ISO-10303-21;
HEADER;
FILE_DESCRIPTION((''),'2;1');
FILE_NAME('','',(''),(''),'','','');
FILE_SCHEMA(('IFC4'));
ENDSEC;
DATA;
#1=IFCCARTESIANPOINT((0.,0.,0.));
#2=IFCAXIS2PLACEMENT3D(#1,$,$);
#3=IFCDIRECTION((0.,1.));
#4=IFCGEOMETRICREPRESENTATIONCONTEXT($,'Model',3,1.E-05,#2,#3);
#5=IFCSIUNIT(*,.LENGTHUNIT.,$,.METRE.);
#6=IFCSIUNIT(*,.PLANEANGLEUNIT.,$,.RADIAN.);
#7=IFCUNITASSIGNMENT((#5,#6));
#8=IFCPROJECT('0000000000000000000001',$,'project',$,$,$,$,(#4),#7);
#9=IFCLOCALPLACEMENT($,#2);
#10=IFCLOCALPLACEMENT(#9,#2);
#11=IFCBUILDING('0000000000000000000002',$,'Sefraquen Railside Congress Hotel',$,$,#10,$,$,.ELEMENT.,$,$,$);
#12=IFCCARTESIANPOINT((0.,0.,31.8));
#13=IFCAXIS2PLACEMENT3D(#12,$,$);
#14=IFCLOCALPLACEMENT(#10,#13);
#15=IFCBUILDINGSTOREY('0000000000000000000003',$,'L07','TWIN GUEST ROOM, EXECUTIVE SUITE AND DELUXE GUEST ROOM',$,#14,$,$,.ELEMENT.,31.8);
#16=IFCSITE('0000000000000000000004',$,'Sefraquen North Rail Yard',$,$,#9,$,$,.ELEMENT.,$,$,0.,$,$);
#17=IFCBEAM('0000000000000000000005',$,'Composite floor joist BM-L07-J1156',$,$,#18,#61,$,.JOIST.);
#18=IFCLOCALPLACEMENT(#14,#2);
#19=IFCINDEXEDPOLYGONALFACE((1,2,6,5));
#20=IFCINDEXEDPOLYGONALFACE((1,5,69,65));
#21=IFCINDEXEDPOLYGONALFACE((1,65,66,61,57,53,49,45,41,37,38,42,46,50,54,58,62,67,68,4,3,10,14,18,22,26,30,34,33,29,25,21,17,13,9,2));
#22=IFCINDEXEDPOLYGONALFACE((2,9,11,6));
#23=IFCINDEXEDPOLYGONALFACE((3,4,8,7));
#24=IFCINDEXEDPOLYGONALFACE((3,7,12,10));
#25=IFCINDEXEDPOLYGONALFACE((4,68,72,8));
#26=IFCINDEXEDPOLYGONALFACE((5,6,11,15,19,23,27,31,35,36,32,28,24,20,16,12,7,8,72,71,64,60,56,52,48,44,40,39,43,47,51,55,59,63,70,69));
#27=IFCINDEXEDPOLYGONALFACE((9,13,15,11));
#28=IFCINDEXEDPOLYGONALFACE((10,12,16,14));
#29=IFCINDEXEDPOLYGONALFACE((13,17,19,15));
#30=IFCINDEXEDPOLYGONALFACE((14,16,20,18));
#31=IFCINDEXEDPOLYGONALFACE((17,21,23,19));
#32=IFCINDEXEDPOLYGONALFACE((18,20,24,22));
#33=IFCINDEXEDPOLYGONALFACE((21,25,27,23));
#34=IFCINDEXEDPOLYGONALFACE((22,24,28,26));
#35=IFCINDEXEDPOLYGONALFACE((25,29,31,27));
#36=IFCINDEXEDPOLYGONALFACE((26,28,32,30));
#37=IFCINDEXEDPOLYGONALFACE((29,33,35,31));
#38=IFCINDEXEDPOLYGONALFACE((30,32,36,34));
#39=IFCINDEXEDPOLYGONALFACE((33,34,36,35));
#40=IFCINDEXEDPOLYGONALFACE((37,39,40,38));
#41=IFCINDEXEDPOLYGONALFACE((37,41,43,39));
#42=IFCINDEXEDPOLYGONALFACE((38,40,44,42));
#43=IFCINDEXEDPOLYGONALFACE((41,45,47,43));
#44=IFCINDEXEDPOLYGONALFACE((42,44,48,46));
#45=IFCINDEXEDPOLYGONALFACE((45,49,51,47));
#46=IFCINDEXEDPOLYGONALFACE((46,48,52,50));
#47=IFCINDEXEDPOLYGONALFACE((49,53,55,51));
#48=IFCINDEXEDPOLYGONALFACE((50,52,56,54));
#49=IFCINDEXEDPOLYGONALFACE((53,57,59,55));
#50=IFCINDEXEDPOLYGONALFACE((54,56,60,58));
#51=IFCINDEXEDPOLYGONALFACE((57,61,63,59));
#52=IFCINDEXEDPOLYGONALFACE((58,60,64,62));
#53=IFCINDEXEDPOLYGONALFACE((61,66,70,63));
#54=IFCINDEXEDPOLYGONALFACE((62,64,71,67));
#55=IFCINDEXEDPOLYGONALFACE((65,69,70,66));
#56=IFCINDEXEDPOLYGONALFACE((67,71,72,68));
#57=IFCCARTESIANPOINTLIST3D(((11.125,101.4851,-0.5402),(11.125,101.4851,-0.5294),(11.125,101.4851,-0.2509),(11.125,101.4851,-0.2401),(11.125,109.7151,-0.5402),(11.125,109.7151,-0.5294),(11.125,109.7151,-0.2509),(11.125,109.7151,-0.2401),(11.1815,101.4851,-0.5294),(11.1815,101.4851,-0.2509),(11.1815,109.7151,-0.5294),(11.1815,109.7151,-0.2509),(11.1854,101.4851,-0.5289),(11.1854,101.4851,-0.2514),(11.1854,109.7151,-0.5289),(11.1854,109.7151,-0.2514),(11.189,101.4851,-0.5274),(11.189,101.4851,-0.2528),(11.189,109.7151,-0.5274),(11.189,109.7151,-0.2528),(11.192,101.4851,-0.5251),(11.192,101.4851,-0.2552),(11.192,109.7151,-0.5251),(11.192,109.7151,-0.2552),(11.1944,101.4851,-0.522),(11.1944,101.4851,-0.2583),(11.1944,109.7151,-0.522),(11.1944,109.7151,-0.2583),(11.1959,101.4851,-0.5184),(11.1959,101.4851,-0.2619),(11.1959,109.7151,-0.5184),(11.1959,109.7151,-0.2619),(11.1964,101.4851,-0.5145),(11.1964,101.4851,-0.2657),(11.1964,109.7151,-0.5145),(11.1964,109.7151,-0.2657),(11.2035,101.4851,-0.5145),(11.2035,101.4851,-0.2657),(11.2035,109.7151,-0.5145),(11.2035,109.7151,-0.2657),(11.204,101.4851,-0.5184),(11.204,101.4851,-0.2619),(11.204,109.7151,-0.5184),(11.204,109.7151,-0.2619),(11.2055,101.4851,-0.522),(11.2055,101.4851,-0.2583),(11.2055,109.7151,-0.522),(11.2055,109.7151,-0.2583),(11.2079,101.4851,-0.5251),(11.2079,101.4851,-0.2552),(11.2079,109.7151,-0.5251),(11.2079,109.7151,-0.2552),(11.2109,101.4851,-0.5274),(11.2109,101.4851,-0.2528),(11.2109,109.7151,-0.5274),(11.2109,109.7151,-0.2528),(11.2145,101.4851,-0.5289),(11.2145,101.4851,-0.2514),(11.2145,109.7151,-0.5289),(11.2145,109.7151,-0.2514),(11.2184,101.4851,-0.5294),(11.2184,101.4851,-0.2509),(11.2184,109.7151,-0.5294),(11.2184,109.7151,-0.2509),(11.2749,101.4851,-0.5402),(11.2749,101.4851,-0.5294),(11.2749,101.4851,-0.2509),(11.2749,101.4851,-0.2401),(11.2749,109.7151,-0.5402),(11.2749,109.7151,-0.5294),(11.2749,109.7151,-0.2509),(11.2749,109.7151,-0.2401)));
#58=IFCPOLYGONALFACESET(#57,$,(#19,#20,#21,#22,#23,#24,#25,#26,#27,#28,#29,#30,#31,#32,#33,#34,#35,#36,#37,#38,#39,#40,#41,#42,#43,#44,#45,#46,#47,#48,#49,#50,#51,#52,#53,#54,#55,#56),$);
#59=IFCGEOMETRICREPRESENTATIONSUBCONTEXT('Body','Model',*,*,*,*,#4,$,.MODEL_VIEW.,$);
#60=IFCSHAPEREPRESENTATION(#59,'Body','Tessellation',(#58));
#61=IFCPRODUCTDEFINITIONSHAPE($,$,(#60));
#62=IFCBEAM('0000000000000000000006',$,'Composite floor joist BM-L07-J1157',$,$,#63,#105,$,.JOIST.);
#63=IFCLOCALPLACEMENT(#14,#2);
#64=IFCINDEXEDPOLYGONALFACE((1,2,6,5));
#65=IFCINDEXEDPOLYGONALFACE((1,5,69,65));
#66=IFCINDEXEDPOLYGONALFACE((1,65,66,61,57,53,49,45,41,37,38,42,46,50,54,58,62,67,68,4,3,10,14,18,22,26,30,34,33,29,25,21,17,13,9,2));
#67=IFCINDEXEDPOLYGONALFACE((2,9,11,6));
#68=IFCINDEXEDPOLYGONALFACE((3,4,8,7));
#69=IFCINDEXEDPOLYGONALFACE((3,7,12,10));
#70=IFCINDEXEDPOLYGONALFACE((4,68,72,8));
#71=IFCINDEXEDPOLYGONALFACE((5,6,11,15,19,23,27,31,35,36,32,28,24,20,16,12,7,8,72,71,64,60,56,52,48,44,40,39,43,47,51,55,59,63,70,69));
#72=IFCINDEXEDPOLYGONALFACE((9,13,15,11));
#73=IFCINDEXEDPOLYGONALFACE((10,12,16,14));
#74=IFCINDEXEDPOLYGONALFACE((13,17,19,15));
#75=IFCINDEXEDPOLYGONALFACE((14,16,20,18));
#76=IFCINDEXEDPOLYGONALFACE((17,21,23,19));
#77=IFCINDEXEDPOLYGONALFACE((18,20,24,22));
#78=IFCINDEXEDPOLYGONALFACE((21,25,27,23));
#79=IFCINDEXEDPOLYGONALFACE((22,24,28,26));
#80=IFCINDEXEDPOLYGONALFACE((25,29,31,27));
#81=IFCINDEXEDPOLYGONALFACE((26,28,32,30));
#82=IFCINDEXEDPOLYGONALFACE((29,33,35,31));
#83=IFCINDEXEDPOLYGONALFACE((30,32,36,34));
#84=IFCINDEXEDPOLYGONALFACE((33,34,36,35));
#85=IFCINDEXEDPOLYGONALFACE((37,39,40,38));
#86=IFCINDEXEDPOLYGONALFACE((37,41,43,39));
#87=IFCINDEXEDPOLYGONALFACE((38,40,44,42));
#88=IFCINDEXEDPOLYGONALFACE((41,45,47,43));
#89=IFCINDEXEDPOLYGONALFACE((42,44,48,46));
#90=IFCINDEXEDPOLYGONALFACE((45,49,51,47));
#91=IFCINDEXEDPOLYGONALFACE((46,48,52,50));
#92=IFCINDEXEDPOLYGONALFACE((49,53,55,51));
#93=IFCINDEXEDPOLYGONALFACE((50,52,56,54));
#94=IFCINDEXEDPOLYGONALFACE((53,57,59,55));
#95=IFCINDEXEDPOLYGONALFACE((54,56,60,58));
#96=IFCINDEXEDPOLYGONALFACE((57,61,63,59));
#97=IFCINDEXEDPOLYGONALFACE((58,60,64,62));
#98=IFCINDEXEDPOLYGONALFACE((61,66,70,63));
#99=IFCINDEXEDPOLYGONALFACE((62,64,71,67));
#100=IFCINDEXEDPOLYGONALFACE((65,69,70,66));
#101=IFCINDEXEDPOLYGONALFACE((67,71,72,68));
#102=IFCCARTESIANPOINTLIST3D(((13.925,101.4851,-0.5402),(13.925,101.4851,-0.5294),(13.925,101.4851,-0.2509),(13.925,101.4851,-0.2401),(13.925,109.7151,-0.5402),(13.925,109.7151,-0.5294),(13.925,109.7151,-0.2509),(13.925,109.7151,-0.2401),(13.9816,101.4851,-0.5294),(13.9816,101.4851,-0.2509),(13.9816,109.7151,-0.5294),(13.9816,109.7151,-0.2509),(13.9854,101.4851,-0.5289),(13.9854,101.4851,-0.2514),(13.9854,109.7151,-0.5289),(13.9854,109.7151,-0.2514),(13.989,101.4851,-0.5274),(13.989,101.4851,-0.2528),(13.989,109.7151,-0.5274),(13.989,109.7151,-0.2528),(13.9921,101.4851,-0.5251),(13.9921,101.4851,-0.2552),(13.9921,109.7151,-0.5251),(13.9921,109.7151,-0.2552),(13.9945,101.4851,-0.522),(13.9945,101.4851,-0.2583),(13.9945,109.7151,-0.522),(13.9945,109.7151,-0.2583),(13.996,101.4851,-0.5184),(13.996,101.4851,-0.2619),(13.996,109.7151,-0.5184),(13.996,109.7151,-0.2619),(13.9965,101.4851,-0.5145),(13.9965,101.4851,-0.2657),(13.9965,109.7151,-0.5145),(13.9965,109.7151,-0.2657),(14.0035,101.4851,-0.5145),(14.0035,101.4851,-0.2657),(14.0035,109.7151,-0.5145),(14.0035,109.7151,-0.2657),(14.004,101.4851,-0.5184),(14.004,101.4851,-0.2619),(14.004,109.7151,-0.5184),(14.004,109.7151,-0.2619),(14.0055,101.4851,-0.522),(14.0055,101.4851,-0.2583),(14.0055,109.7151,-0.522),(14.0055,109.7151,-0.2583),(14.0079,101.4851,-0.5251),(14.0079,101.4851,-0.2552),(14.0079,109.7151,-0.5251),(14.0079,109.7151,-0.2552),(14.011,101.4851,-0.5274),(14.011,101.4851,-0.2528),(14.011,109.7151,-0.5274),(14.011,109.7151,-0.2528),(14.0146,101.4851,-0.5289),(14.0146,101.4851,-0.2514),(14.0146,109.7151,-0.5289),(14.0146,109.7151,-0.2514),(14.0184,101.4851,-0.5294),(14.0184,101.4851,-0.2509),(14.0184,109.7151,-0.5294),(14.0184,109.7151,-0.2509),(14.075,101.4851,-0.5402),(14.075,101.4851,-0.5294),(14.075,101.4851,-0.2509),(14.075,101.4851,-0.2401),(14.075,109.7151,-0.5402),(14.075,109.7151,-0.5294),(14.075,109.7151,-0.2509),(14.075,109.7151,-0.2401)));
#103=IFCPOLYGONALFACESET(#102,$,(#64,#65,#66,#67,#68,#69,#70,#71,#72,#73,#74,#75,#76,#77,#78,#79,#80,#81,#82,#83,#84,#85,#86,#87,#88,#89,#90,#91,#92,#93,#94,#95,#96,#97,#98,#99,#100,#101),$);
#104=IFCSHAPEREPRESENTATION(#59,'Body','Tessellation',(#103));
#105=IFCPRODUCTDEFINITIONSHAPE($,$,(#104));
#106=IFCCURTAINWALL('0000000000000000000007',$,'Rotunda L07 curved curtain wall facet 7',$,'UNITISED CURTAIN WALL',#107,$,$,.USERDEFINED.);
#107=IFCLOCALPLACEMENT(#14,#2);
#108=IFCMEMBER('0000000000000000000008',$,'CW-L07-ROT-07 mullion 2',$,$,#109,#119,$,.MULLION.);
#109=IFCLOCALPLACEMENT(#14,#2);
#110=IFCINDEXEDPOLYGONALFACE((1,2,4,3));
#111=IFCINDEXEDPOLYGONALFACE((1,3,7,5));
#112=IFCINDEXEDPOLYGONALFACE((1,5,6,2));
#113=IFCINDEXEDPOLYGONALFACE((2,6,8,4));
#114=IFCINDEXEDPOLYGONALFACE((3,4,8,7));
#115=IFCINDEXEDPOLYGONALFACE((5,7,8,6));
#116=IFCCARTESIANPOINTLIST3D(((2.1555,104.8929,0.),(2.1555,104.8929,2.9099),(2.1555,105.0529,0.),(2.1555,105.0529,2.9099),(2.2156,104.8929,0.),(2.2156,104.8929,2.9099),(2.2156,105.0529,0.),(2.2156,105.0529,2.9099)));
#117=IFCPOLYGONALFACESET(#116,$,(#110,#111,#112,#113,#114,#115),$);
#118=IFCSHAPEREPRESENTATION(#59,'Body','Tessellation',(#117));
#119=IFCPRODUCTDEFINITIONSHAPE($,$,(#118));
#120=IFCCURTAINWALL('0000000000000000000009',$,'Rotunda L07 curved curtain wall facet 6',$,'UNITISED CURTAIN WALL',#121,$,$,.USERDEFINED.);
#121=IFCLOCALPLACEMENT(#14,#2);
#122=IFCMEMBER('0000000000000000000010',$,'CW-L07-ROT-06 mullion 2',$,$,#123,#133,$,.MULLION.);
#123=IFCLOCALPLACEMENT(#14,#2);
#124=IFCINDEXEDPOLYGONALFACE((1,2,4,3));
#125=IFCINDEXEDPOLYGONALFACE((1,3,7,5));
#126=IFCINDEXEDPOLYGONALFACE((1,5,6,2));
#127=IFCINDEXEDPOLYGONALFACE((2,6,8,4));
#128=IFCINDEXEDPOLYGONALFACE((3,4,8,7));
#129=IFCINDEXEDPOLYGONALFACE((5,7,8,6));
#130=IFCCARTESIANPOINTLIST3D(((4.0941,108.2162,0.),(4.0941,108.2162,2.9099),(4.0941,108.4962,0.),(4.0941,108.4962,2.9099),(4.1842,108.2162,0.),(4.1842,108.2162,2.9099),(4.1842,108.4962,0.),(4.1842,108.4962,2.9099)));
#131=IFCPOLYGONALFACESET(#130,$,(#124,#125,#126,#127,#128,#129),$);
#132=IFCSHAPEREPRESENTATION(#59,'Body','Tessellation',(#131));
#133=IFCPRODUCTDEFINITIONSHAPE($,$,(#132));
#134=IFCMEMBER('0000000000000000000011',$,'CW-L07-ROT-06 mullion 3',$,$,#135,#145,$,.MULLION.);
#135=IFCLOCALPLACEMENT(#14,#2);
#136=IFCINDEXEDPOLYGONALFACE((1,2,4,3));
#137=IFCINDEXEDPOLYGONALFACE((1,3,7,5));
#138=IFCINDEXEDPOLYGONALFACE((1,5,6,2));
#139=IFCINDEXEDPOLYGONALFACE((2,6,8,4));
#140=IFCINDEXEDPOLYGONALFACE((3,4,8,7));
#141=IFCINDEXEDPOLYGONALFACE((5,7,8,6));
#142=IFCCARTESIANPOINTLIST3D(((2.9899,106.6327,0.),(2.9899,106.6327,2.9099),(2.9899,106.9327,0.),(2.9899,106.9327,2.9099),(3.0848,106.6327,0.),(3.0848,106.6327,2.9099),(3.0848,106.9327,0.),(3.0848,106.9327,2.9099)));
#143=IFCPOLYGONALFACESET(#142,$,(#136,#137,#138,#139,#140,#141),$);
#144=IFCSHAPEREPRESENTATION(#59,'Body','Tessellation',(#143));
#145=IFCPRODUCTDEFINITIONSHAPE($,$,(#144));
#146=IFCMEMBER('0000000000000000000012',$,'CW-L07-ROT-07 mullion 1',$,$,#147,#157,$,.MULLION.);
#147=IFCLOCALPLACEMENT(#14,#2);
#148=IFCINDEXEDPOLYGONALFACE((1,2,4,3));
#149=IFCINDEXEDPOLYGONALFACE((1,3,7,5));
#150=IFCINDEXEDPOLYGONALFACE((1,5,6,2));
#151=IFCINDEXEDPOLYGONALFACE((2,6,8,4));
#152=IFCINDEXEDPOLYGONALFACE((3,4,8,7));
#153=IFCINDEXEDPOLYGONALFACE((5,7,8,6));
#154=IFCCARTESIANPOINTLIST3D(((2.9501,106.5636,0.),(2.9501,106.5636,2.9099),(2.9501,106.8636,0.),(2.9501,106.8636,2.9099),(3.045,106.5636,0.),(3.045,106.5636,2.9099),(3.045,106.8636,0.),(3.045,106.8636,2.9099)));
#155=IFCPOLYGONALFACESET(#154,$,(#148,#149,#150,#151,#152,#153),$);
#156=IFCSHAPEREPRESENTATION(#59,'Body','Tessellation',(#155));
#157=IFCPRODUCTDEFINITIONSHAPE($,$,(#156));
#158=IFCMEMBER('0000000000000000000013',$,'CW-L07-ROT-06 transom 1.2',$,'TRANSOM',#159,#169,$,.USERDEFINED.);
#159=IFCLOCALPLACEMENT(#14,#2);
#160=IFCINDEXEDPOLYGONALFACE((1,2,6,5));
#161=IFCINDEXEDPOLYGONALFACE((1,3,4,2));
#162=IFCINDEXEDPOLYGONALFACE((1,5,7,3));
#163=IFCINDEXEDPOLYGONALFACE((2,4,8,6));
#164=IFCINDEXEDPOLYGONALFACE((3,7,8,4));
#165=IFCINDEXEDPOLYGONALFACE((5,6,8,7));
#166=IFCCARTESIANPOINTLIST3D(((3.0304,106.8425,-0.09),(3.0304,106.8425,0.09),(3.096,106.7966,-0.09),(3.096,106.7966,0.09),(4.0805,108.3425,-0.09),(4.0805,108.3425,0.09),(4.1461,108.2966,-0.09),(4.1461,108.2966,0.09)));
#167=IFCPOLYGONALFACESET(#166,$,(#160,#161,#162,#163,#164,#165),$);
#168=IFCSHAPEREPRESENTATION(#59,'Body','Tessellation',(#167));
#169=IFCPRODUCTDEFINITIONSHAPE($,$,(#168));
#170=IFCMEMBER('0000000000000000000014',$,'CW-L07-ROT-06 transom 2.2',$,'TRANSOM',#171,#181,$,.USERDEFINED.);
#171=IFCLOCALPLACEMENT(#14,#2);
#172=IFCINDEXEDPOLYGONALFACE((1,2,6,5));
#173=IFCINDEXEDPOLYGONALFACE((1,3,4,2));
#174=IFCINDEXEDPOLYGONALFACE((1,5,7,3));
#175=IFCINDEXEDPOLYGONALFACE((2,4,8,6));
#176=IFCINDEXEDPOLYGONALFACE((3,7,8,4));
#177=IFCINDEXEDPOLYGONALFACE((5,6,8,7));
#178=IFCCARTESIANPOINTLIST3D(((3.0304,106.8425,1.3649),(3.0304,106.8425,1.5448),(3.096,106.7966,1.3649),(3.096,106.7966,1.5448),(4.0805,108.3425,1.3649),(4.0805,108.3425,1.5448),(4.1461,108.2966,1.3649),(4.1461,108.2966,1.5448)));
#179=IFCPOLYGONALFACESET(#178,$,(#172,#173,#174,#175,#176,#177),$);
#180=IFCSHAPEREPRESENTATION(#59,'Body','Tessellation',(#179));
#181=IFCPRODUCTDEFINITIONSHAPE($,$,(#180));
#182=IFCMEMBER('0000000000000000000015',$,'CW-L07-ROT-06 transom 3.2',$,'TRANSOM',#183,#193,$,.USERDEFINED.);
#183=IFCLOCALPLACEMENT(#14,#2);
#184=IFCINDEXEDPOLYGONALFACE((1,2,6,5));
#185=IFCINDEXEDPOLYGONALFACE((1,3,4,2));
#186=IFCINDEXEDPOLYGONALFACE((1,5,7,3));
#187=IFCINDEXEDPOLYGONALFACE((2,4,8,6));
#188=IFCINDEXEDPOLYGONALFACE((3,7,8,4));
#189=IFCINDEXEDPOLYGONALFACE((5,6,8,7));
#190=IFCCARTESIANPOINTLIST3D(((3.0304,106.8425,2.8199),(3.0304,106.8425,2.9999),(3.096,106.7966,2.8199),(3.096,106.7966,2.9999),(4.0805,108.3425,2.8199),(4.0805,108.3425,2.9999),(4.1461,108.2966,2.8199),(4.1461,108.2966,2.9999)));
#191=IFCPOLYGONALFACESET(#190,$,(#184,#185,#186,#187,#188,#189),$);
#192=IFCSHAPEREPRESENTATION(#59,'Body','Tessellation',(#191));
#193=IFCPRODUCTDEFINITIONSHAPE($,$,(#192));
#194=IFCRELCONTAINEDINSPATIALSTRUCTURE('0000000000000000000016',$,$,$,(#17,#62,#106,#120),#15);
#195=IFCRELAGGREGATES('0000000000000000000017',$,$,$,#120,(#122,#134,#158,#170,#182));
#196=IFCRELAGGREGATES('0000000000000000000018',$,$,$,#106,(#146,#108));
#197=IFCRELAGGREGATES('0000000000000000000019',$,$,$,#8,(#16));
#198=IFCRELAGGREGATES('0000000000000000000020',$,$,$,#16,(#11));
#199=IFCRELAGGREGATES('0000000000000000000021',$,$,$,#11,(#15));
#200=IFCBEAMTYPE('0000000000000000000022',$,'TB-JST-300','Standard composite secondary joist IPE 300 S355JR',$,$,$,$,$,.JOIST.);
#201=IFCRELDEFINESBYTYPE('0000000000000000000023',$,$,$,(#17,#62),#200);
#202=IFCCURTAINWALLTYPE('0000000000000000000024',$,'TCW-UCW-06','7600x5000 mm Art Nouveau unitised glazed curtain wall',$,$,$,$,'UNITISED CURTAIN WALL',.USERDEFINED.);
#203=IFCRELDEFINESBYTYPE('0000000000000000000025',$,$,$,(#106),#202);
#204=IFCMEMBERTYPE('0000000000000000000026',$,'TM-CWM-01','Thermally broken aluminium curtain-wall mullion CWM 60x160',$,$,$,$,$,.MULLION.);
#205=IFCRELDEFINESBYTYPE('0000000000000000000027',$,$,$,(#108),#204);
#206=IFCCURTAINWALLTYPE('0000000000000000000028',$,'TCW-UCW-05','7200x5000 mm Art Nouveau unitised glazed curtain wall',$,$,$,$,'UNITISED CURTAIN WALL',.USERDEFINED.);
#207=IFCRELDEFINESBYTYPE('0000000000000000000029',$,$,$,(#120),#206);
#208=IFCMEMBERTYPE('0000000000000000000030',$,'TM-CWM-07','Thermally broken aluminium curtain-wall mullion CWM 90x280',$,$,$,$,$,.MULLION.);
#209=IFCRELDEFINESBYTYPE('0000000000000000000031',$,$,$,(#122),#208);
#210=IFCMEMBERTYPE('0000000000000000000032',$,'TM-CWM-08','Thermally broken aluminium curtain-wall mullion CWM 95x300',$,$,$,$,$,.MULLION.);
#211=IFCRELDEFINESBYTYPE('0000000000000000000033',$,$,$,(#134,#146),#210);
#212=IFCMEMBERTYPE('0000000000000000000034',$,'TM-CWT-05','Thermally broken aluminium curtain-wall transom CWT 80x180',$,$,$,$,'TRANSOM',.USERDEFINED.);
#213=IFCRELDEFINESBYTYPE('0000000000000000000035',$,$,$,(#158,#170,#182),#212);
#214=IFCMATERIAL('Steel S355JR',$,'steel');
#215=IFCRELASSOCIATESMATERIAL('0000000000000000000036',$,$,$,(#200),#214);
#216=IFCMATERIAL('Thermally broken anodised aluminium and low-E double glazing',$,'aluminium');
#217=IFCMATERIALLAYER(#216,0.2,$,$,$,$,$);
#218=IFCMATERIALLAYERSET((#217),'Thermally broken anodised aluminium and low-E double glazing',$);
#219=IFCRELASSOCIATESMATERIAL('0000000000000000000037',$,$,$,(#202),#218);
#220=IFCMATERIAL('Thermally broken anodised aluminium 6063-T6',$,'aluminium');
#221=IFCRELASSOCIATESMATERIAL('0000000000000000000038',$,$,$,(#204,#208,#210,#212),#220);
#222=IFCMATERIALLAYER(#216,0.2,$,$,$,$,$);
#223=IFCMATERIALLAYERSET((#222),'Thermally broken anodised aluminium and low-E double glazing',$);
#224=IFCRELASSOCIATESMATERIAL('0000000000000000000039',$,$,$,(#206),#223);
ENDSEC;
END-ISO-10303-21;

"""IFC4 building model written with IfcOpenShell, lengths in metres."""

from ifc_helpers import new_model, si_unit, direction, frame, origin, origin_2d, place, context, subcontext, project, spatial, rectangle, i_section, extrude, material, layer, layer_set, material_profile, profile_set, type_object, element, aggregate, save


model = new_model("IFC4")

# Units and contexts
model_context = context("Model", 3, precision=1e-05, world=origin(), true_north=direction((0.0, 1.0)))
body_context = subcontext(model_context, "Body", "Model", "MODEL_VIEW")
ifc_project = project(units=[si_unit("LENGTHUNIT", "METRE"), si_unit("PLANEANGLEUNIT", "RADIAN")], contexts=[model_context])

# Site, building, storey
site_placement = place(None, origin())
site = spatial("IfcSite", under=ifc_project, at=site_placement, Name="Sefraquen North Rail Yard", CompositionType="ELEMENT", RefElevation=0.0)
building_placement = place(site_placement, origin())
building = spatial("IfcBuilding", under=site, at=building_placement, Name="Sefraquen Railside Congress Hotel", CompositionType="ELEMENT")
storey_placement = place(building_placement, frame((0.0, 0.0, 31.8)))
storey = spatial("IfcBuildingStorey", under=building, at=storey_placement, Name="L07", Description="TWIN GUEST ROOM, EXECUTIVE SUITE AND DELUXE GUEST ROOM", CompositionType="ELEMENT", Elevation=31.8)

# Shared definitions
ifc_material_1 = material(Name="Steel S355JR", Category="steel")

# Beams
ifc_material_profile_1 = material_profile(ifc_material_1, i_section(OverallWidth=0.1499, OverallDepth=0.3, WebThickness=0.0071, FlangeThickness=0.0107, FilletRadius=0.0149, at=origin_2d()), Name="IPE 300")
ifc_profile_set_1 = profile_set([ifc_material_profile_1], Name="Steel S355JR")
beam_type_1 = type_object("IfcBeamType", Name="TB-JST-300", Description="Standard composite secondary joist IPE 300 S355JR", PredefinedType="JOIST", material=ifc_profile_set_1)
for number, where, z_axis, x_axis, name in (
    (1, (11.2, 101.4851, -0.3901), (0.0, 1.0, 0.0), (-1.0, 0.0, 0.0), "Composite floor joist BM-L07-J1156"),
    (2, (14.0, 101.4851, -0.3901), (0.0, 1.0, 0.0), (-1.0, 0.0, 0.0), "Composite floor joist BM-L07-J1157"),
):
    element("IfcBeam", number, at=place(storey_placement, frame(where, z_axis=z_axis, x_axis=x_axis)), inside=storey, type_object=beam_type_1, Name=name, PredefinedType="JOIST", context=body_context, shape_type="SweptSolid", body=[
        extrude(i_section(OverallWidth=0.1499, OverallDepth=0.3, WebThickness=0.0071, FlangeThickness=0.0107, FilletRadius=0.0149, at=origin_2d()), origin(), (0.0, 0.0, 1.0), 8.23),
    ])

# Curtain wall, member
ifc_material_2 = material(Name="Thermally broken anodised aluminium and low-E double glazing", Category="aluminium")
ifc_layer_1 = layer(ifc_material_2, 0.2)
ifc_layer_set_1 = layer_set([ifc_layer_1], Name="Thermally broken anodised aluminium and low-E double glazing")
curtain_wall_type_1 = type_object("IfcCurtainWallType", Name="TCW-UCW-06", Description="7600x5000 mm Art Nouveau unitised glazed curtain wall", ElementType="UNITISED CURTAIN WALL", PredefinedType="USERDEFINED", material=ifc_layer_set_1)
curtain_wall_1_placement = place(storey_placement, origin())
curtain_wall_1 = element("IfcCurtainWall", 3, at=curtain_wall_1_placement, inside=storey, type_object=curtain_wall_type_1, Name="Rotunda L07 curved curtain wall facet 7", ObjectType="UNITISED CURTAIN WALL", PredefinedType="USERDEFINED")
ifc_material_3 = material(Name="Thermally broken anodised aluminium 6063-T6", Category="aluminium")
ifc_material_profile_2 = material_profile(ifc_material_3, rectangle(XDim=0.0601, YDim=0.1599, at=origin_2d()), Name="CWM 60x160")
ifc_profile_set_2 = profile_set([ifc_material_profile_2], Name="Thermally broken anodised aluminium 6063-T6")
member_type_1 = type_object("IfcMemberType", Name="TM-CWM-01", Description="Thermally broken aluminium curtain-wall mullion CWM 60x160", PredefinedType="MULLION", material=ifc_profile_set_2)
member_1_placement = place(storey_placement, frame((2.1855, 104.9729, 0.0), z_axis=(0.0, 0.0, 1.0), x_axis=(1.0, 0.0, 0.0)))
member_1 = element("IfcMember", 4, at=member_1_placement, type_object=member_type_1, Name="CW-L07-ROT-07 mullion 2", PredefinedType="MULLION", context=body_context, shape_type="SweptSolid", body=[
    extrude(rectangle(XDim=0.0601, YDim=0.1599, at=origin_2d()), origin(), (0.0, 0.0, 1.0), 2.9099),
])

# Curtain wall, members
ifc_layer_2 = layer(ifc_material_2, 0.2)
ifc_layer_set_2 = layer_set([ifc_layer_2], Name="Thermally broken anodised aluminium and low-E double glazing")
curtain_wall_type_2 = type_object("IfcCurtainWallType", Name="TCW-UCW-05", Description="7200x5000 mm Art Nouveau unitised glazed curtain wall", ElementType="UNITISED CURTAIN WALL", PredefinedType="USERDEFINED", material=ifc_layer_set_2)
curtain_wall_2_placement = place(storey_placement, origin())
curtain_wall_2 = element("IfcCurtainWall", 5, at=curtain_wall_2_placement, inside=storey, type_object=curtain_wall_type_2, Name="Rotunda L07 curved curtain wall facet 6", ObjectType="UNITISED CURTAIN WALL", PredefinedType="USERDEFINED")
ifc_material_profile_3 = material_profile(ifc_material_3, rectangle(XDim=0.0901, YDim=0.28, at=origin_2d()), Name="CWM 90x280")
ifc_profile_set_3 = profile_set([ifc_material_profile_3], Name="Thermally broken anodised aluminium 6063-T6")
member_type_2 = type_object("IfcMemberType", Name="TM-CWM-07", Description="Thermally broken aluminium curtain-wall mullion CWM 90x280", PredefinedType="MULLION", material=ifc_profile_set_3)
member_2_placement = place(storey_placement, frame((4.1392, 108.3562, 0.0), z_axis=(0.0, 0.0, 1.0), x_axis=(1.0, 0.0, 0.0)))
member_2 = element("IfcMember", 6, at=member_2_placement, type_object=member_type_2, Name="CW-L07-ROT-06 mullion 2", PredefinedType="MULLION", context=body_context, shape_type="SweptSolid", body=[
    extrude(rectangle(XDim=0.0901, YDim=0.28, at=origin_2d()), origin(), (0.0, 0.0, 1.0), 2.9099),
])
ifc_material_profile_4 = material_profile(ifc_material_3, rectangle(XDim=0.095, YDim=0.3, at=origin_2d()), Name="CWM 95x300")
ifc_profile_set_4 = profile_set([ifc_material_profile_4], Name="Thermally broken anodised aluminium 6063-T6")
member_type_3 = type_object("IfcMemberType", Name="TM-CWM-08", Description="Thermally broken aluminium curtain-wall mullion CWM 95x300", PredefinedType="MULLION", material=ifc_profile_set_4)
member_3_placement = place(storey_placement, frame((3.0374, 106.7827, 0.0), z_axis=(0.0, 0.0, 1.0), x_axis=(1.0, 0.0, 0.0)))
member_3 = element("IfcMember", 7, at=member_3_placement, type_object=member_type_3, Name="CW-L07-ROT-06 mullion 3", PredefinedType="MULLION", context=body_context, shape_type="SweptSolid", body=[
    extrude(rectangle(XDim=0.095, YDim=0.3, at=origin_2d()), origin(), (0.0, 0.0, 1.0), 2.9099),
])

# Members
member_4_placement = place(storey_placement, frame((2.9976, 106.7136, 0.0), z_axis=(0.0, 0.0, 1.0), x_axis=(1.0, 0.0, 0.0)))
member_4 = element("IfcMember", 8, at=member_4_placement, type_object=member_type_3, Name="CW-L07-ROT-07 mullion 1", PredefinedType="MULLION", context=body_context, shape_type="SweptSolid", body=[
    extrude(rectangle(XDim=0.095, YDim=0.3, at=origin_2d()), origin(), (0.0, 0.0, 1.0), 2.9099),
])
ifc_material_profile_5 = material_profile(ifc_material_3, rectangle(XDim=0.0801, YDim=0.1799, at=origin_2d()), Name="CWT 80x180")
ifc_profile_set_5 = profile_set([ifc_material_profile_5], Name="Thermally broken anodised aluminium 6063-T6")
member_type_4 = type_object("IfcMemberType", Name="TM-CWT-05", Description="Thermally broken aluminium curtain-wall transom CWT 80x180", ElementType="TRANSOM", PredefinedType="USERDEFINED", material=ifc_profile_set_5)
member_5_placement = place(storey_placement, frame((4.1133, 108.3196, 0.0), z_axis=(-0.57348, -0.819219, 0.0), x_axis=(0.819219, -0.57348, 0.0)))
member_5 = element("IfcMember", 9, at=member_5_placement, type_object=member_type_4, Name="CW-L07-ROT-06 transom 1.2", ObjectType="TRANSOM", PredefinedType="USERDEFINED", context=body_context, shape_type="SweptSolid", body=[
    extrude(rectangle(XDim=0.0801, YDim=0.1799, at=origin_2d()), origin(), (0.0, 0.0, 1.0), 1.8311),
])
member_6_placement = place(storey_placement, frame((4.1133, 108.3196, 1.4548), z_axis=(-0.57348, -0.819219, 0.0), x_axis=(0.819219, -0.57348, 0.0)))
member_6 = element("IfcMember", 10, at=member_6_placement, type_object=member_type_4, Name="CW-L07-ROT-06 transom 2.2", ObjectType="TRANSOM", PredefinedType="USERDEFINED", context=body_context, shape_type="SweptSolid", body=[
    extrude(rectangle(XDim=0.0801, YDim=0.1799, at=origin_2d()), origin(), (0.0, 0.0, 1.0), 1.8311),
])
member_7_placement = place(storey_placement, frame((4.1133, 108.3196, 2.9099), z_axis=(-0.57348, -0.819219, 0.0), x_axis=(0.819219, -0.57348, 0.0)))
member_7 = element("IfcMember", 11, at=member_7_placement, type_object=member_type_4, Name="CW-L07-ROT-06 transom 3.2", ObjectType="TRANSOM", PredefinedType="USERDEFINED", context=body_context, shape_type="SweptSolid", body=[
    extrude(rectangle(XDim=0.0801, YDim=0.1799, at=origin_2d()), origin(), (0.0, 0.0, 1.0), 1.8311),
])

aggregate(curtain_wall_2, [member_2, member_3, member_5, member_6, member_7])
aggregate(curtain_wall_1, [member_4, member_1])

save(model, "model.ifc")
